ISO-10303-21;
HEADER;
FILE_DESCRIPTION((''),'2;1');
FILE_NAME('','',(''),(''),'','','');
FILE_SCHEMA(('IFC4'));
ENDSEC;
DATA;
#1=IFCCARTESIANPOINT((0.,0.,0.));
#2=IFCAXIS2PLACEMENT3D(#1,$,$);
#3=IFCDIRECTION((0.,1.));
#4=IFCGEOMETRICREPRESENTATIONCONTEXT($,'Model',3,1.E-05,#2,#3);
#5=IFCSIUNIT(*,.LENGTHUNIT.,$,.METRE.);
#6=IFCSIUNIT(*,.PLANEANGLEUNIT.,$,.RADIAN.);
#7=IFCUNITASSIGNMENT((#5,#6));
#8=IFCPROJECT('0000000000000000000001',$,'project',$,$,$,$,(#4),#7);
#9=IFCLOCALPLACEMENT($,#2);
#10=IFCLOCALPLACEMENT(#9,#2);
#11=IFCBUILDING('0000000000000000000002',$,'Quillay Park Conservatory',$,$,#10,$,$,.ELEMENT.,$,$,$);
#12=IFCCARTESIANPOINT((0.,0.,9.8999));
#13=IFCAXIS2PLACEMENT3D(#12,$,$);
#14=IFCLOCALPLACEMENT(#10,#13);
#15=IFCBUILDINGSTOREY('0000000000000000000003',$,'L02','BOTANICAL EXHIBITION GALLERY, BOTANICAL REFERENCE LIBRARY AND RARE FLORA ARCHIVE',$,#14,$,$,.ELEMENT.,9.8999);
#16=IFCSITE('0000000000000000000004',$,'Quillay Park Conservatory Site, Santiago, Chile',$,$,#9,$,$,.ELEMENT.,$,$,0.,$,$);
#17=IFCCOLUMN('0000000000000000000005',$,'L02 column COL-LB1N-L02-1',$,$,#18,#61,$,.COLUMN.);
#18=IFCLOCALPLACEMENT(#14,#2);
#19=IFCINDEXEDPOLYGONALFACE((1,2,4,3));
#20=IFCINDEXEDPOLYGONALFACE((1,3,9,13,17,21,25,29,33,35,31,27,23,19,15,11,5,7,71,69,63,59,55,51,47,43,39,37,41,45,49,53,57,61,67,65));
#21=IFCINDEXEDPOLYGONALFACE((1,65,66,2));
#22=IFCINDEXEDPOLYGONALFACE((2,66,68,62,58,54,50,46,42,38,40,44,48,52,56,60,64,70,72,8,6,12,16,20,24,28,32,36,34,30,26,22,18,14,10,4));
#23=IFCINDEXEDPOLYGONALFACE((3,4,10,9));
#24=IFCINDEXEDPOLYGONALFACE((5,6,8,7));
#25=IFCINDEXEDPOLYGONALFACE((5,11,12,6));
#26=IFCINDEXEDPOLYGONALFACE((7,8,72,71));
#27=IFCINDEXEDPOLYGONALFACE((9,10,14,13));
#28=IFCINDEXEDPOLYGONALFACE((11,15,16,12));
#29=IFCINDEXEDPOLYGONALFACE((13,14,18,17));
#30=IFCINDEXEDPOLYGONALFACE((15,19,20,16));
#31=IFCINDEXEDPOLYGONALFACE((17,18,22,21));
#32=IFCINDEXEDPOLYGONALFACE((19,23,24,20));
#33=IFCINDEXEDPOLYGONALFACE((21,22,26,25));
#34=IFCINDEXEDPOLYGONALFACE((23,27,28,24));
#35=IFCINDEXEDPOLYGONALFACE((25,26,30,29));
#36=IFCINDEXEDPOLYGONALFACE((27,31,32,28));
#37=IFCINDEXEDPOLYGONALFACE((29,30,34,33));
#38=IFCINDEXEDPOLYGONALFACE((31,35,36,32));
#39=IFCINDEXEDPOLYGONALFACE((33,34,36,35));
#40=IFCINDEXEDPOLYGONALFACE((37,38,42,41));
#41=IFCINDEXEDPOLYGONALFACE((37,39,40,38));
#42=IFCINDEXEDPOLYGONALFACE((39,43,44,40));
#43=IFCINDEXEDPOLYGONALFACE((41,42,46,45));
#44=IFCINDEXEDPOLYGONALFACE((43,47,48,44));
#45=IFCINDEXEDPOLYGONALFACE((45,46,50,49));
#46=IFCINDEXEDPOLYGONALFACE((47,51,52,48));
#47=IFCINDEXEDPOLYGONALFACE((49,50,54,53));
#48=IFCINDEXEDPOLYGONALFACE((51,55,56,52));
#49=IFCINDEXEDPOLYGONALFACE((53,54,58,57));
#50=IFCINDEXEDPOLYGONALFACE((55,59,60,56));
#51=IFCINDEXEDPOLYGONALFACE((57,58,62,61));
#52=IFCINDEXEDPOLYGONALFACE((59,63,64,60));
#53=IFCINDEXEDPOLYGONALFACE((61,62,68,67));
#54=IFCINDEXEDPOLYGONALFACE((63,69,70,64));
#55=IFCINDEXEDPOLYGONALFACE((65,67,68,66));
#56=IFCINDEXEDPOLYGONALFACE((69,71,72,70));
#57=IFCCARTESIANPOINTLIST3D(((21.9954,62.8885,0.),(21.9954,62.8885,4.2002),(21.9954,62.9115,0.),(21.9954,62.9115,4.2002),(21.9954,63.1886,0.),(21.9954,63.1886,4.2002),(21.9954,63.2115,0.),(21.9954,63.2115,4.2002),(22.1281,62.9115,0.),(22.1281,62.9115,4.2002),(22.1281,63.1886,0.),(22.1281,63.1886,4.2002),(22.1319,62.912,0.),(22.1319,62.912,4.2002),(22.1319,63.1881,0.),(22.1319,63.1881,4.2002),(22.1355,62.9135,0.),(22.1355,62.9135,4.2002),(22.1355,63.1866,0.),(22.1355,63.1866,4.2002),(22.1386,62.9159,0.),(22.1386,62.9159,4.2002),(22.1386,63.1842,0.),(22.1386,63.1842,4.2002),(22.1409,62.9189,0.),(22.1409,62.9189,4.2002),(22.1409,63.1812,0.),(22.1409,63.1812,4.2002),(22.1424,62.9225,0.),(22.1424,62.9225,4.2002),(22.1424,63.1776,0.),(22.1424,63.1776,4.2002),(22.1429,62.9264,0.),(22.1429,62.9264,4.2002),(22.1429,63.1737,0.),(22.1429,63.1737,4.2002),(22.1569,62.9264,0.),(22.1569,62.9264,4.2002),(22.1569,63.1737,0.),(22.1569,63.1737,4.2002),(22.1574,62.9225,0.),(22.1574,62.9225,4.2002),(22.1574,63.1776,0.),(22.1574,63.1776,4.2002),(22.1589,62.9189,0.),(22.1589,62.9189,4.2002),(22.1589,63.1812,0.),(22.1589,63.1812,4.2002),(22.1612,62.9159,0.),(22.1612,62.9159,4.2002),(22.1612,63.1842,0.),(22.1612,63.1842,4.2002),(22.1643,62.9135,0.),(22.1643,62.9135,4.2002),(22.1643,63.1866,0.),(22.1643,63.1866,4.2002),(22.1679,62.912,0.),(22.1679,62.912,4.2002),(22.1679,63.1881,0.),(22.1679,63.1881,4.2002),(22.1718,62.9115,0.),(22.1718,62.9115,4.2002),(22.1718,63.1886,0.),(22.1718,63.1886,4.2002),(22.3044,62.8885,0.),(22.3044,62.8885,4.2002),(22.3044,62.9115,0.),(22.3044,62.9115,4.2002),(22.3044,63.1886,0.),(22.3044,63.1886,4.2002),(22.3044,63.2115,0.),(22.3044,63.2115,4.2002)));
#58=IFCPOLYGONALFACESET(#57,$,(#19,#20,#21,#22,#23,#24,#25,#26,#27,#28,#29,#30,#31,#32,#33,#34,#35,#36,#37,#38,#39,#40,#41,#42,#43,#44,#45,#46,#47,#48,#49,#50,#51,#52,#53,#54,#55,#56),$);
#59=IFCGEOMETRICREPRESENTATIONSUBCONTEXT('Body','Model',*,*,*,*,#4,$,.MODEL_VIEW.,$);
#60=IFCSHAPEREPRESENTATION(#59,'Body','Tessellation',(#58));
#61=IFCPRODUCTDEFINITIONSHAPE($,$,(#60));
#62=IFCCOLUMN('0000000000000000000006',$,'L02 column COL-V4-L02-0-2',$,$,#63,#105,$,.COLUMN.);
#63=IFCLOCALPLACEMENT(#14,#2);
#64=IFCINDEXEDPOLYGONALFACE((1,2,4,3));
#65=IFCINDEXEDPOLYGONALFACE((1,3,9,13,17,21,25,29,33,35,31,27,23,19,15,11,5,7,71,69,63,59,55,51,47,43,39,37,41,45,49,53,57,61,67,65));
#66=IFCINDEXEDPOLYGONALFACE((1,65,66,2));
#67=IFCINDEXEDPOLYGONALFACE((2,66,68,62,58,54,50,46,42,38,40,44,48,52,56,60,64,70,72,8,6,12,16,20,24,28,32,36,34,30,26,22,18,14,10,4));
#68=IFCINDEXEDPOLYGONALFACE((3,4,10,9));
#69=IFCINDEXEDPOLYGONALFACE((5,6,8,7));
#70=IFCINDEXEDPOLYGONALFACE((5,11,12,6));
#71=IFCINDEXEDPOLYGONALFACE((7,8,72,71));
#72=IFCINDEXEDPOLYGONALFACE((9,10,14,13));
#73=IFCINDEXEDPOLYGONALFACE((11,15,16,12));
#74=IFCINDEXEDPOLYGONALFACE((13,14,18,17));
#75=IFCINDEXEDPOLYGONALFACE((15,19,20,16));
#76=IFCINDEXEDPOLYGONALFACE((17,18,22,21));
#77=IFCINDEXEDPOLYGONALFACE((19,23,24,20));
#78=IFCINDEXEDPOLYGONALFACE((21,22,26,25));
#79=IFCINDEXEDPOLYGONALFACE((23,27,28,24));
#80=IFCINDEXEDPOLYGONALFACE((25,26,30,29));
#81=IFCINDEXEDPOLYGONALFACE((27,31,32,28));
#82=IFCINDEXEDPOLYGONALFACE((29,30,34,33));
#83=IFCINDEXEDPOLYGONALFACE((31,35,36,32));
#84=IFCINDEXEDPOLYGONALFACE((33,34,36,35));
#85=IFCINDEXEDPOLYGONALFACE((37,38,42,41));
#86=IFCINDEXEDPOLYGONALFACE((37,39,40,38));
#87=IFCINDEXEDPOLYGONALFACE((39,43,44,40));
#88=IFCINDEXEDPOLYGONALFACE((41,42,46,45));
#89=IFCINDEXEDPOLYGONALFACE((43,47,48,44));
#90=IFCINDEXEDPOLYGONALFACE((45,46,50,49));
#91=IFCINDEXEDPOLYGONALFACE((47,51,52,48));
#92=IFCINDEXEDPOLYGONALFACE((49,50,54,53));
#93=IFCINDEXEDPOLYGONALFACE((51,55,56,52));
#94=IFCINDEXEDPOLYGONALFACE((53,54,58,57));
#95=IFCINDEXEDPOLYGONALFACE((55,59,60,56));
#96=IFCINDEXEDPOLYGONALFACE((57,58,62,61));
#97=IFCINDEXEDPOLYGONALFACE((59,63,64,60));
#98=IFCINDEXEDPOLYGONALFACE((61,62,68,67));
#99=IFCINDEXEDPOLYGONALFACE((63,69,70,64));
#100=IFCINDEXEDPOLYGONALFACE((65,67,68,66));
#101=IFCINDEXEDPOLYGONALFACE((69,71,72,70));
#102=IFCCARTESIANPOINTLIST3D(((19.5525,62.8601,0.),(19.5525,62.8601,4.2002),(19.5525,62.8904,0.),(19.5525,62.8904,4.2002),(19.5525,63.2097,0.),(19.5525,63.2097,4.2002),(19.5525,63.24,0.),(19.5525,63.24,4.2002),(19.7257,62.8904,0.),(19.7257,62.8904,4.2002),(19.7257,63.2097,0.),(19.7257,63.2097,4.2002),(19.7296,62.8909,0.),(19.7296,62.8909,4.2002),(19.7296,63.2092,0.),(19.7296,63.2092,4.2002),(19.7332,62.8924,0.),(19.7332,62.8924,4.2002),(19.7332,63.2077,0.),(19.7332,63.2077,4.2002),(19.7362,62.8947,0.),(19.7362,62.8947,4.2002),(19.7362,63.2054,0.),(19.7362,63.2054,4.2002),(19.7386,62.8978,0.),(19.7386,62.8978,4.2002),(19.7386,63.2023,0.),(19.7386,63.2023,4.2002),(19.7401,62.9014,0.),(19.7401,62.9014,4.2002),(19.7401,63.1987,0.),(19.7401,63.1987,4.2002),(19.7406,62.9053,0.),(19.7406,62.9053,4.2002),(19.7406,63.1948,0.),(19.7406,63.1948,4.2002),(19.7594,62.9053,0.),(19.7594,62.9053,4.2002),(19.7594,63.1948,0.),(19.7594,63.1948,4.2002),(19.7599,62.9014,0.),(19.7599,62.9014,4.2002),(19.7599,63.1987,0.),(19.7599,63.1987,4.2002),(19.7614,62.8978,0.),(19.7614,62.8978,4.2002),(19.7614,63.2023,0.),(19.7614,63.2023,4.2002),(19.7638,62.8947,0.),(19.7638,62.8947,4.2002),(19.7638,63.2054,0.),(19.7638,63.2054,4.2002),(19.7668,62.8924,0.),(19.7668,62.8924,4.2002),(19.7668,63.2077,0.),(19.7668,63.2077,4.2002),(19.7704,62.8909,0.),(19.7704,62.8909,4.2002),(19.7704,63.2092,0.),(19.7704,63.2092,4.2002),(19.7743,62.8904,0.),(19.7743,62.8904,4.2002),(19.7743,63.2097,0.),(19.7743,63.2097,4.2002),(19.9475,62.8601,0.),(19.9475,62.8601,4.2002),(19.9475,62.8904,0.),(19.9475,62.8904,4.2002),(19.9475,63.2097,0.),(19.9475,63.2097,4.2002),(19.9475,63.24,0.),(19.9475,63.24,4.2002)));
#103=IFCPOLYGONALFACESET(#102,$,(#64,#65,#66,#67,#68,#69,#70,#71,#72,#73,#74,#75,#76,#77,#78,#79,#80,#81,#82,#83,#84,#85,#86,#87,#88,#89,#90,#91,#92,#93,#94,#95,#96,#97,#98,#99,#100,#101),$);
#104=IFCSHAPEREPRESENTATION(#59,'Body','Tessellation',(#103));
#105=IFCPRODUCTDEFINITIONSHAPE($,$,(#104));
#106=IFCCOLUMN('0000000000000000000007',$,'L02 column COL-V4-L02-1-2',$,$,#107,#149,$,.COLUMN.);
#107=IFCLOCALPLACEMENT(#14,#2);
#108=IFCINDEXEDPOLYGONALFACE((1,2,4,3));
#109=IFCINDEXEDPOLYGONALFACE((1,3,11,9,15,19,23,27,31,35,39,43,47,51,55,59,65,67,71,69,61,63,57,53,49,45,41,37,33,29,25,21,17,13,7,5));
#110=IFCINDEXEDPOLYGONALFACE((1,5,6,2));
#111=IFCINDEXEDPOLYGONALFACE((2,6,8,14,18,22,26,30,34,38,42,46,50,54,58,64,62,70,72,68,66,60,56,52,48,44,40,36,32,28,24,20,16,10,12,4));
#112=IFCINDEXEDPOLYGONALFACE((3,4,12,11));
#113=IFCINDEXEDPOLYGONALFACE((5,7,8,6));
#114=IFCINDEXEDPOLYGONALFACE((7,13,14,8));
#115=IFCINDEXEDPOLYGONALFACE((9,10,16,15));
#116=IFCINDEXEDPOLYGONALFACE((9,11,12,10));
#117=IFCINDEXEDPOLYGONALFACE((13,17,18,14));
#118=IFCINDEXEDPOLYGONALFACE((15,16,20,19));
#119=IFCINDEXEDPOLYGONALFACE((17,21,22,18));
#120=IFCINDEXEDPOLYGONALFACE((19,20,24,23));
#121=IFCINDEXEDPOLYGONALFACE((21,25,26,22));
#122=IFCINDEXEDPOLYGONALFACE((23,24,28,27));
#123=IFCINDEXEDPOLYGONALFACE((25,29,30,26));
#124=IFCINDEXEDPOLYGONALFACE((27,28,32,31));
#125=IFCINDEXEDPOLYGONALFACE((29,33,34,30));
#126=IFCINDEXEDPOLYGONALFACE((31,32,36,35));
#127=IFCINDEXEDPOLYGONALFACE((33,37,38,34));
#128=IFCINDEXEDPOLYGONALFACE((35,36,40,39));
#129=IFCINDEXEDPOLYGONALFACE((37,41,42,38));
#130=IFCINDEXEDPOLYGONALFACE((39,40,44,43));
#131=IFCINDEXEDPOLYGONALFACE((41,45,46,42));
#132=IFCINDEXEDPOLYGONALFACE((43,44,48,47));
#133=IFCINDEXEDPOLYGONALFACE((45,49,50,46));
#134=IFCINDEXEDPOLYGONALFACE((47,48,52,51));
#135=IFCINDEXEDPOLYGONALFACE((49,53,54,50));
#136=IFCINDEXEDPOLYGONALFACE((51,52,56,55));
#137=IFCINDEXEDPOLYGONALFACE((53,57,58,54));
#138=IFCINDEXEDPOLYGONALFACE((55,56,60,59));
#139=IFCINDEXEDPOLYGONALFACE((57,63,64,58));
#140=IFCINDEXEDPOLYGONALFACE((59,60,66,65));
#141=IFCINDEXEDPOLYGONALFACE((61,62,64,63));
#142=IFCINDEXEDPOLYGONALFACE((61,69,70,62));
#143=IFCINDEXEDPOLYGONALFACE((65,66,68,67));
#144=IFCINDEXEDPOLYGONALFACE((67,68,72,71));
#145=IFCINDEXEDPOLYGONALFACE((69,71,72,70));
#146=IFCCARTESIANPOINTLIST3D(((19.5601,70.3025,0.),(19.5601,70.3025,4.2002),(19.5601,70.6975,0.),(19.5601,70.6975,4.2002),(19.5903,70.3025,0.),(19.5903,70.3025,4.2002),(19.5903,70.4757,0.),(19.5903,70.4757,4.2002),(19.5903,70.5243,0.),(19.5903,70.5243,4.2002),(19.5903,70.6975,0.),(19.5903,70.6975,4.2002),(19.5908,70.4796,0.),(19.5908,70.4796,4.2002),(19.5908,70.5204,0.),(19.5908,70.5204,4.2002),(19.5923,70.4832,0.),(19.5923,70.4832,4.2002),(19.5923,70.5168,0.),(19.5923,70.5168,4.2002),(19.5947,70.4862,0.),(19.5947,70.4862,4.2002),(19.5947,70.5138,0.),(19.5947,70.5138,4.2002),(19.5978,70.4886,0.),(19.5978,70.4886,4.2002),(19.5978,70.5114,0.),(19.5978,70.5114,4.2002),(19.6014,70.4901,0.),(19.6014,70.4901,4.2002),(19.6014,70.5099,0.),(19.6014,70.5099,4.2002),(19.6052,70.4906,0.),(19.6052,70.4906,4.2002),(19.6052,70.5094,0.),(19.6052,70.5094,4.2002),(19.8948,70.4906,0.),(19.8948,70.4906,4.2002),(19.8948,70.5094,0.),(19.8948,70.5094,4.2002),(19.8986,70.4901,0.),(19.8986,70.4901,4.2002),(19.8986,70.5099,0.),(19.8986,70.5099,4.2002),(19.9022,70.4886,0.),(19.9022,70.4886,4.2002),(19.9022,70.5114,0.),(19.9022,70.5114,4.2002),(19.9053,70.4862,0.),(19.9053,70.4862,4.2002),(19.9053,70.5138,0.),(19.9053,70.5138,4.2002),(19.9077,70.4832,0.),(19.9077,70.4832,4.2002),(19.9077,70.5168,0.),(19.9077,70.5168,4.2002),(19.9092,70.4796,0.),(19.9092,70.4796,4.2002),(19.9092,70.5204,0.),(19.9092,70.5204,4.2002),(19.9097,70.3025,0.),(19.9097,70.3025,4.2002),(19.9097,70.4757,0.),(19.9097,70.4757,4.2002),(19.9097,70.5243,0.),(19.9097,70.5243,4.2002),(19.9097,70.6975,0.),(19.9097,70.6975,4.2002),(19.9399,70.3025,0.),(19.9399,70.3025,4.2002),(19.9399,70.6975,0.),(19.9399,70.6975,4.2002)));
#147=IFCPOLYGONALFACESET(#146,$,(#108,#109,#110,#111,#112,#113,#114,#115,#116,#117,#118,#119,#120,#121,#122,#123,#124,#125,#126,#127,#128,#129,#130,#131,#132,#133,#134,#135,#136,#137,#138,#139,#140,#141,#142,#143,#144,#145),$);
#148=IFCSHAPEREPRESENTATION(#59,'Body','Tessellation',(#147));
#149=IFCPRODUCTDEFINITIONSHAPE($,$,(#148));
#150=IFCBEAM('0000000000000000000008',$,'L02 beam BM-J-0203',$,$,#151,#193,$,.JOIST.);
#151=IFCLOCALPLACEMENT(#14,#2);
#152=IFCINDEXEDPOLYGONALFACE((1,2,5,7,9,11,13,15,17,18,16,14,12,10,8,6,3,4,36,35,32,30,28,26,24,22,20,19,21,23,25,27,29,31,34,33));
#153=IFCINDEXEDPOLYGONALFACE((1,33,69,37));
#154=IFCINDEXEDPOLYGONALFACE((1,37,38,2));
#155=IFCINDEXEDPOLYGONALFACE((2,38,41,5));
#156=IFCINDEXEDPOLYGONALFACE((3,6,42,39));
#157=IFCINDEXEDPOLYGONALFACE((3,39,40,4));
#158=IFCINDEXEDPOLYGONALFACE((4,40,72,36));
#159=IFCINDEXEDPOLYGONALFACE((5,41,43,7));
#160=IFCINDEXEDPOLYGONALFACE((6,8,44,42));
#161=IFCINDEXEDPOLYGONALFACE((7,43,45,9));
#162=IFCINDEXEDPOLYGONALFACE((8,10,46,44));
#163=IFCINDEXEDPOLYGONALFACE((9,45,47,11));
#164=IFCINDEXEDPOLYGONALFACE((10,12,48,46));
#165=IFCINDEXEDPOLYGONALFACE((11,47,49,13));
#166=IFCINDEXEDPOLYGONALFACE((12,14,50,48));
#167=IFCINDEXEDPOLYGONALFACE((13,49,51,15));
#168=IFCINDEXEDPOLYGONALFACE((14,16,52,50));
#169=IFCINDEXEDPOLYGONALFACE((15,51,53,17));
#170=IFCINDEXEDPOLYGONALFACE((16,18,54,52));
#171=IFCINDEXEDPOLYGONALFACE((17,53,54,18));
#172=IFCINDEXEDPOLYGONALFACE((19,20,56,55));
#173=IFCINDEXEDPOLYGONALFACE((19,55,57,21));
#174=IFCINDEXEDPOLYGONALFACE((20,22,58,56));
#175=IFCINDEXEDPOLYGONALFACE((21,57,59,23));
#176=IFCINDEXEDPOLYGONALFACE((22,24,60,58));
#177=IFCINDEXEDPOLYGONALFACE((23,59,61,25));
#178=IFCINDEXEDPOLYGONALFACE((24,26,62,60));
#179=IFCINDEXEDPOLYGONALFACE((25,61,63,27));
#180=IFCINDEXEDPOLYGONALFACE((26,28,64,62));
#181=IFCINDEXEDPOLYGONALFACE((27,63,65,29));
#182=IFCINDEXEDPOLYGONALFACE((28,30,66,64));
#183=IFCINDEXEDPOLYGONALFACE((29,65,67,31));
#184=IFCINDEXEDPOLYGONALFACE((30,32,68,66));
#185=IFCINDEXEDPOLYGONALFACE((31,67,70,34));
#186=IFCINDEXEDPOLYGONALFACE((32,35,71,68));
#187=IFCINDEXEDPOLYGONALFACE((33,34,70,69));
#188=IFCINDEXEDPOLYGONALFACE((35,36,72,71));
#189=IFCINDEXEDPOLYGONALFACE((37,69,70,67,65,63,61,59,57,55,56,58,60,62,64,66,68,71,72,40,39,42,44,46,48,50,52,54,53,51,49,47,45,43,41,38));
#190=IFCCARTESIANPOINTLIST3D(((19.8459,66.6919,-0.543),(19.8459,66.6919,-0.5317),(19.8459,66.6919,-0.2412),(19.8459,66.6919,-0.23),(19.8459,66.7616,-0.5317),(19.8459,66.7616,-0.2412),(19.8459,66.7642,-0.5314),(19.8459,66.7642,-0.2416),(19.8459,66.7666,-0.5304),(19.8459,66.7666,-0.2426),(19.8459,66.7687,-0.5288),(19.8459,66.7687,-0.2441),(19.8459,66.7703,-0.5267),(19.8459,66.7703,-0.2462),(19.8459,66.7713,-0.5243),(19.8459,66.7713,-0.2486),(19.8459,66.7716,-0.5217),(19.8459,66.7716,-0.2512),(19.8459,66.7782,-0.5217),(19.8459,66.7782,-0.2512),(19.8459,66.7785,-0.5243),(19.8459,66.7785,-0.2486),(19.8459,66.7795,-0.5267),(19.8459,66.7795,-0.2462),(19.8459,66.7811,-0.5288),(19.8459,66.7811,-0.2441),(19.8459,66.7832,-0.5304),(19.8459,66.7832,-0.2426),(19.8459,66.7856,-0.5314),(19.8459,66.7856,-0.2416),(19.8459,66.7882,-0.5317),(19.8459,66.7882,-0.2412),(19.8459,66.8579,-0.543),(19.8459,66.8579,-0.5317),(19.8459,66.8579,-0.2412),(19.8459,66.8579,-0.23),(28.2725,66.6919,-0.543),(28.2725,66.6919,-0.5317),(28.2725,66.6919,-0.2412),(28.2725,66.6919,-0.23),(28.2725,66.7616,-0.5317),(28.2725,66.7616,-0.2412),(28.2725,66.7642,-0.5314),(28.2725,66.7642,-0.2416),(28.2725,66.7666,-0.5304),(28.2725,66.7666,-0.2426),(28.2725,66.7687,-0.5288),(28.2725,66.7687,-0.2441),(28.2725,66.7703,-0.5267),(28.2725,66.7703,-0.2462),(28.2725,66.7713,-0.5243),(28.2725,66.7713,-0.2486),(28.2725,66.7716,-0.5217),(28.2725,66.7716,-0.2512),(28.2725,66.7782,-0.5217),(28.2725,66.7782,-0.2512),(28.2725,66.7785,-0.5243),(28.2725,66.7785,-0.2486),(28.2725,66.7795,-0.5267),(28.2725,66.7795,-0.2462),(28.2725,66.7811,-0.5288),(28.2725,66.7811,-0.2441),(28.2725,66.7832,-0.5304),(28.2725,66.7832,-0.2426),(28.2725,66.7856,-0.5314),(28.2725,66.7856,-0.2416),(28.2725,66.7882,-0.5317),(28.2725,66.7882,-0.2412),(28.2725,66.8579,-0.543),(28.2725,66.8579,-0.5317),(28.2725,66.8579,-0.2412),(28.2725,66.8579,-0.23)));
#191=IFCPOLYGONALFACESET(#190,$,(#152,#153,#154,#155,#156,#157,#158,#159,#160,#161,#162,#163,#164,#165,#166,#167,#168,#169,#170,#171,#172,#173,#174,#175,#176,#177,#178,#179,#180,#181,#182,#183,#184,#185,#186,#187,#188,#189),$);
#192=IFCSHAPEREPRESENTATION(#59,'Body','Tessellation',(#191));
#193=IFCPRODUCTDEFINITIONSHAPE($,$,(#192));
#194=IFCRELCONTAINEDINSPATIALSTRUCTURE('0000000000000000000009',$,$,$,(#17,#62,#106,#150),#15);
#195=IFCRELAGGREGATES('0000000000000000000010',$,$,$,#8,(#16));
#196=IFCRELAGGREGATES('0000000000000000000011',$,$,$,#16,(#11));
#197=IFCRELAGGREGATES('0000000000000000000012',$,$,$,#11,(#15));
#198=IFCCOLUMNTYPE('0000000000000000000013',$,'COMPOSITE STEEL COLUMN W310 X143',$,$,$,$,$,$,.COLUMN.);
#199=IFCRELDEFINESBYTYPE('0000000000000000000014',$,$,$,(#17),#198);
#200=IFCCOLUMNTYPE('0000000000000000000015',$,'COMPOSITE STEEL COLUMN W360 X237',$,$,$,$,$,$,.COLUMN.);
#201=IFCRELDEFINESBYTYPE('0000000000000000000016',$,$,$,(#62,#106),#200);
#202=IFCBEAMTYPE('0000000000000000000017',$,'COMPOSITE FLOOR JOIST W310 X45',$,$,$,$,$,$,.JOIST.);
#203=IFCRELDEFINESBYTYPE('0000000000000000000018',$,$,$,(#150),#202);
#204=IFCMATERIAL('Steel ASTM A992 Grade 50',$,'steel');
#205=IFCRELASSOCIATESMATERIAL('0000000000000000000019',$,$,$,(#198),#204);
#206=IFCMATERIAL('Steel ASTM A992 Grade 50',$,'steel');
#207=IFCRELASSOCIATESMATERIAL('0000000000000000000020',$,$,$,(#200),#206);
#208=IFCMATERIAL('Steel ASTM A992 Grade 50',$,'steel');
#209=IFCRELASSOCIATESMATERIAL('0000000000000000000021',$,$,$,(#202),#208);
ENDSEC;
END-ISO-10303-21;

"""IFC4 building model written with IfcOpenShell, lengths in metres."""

from ifc_helpers import new_model, si_unit, direction, frame, origin, origin_2d, place, context, subcontext, project, spatial, i_section, extrude, material, material_profile, profile_set, type_object, element, save


model = new_model("IFC4")

# Units and contexts
model_context = context("Model", 3, precision=1e-05, world=origin(), true_north=direction((0.0, 1.0)))
body_context = subcontext(model_context, "Body", "Model", "MODEL_VIEW")
ifc_project = project(units=[si_unit("LENGTHUNIT", "METRE"), si_unit("PLANEANGLEUNIT", "RADIAN")], contexts=[model_context])

# Site, building, storey
site_placement = place(None, origin())
site = spatial("IfcSite", under=ifc_project, at=site_placement, Name="Quillay Park Conservatory Site, Santiago, Chile", CompositionType="ELEMENT", RefElevation=0.0)
building_placement = place(site_placement, origin())
building = spatial("IfcBuilding", under=site, at=building_placement, Name="Quillay Park Conservatory", CompositionType="ELEMENT")
storey_placement = place(building_placement, frame((0.0, 0.0, 9.8999)))
storey = spatial("IfcBuildingStorey", under=building, at=storey_placement, Name="L02", Description="BOTANICAL EXHIBITION GALLERY, BOTANICAL REFERENCE LIBRARY AND RARE FLORA ARCHIVE", CompositionType="ELEMENT", Elevation=9.8999)

# Columns
ifc_material_1 = material(Name="Steel ASTM A992 Grade 50", Category="steel")
ifc_material_profile_1 = material_profile(ifc_material_1, i_section(OverallWidth=0.3091, OverallDepth=0.323, WebThickness=0.0139, FlangeThickness=0.0229, FilletRadius=0.0149, at=origin_2d()), Name="W310x143")
ifc_profile_set_1 = profile_set([ifc_material_profile_1], Name="Steel ASTM A992 Grade 50")
column_type_1 = type_object("IfcColumnType", Name="COMPOSITE STEEL COLUMN W310 X143", PredefinedType="COLUMN", material=ifc_profile_set_1)
column_placement = place(storey_placement, frame((22.1499, 63.05, 0.0), z_axis=(0.0, 0.0, 1.0), x_axis=(1.0, 0.0, 0.0)))
element("IfcColumn", 1, at=column_placement, inside=storey, type_object=column_type_1, Name="L02 column COL-LB1N-L02-1", PredefinedType="COLUMN", context=body_context, shape_type="SweptSolid", body=[
    extrude(i_section(OverallWidth=0.3091, OverallDepth=0.323, WebThickness=0.0139, FlangeThickness=0.0229, FilletRadius=0.0149, at=origin_2d()), origin(), (0.0, 0.0, 1.0), 4.2002),
])
ifc_material_2 = material(Name="Steel ASTM A992 Grade 50", Category="steel")
ifc_material_profile_2 = material_profile(ifc_material_2, i_section(OverallWidth=0.395, OverallDepth=0.3799, WebThickness=0.0188, FlangeThickness=0.0303, FilletRadius=0.0149, at=origin_2d()), Name="W360x237")
ifc_profile_set_2 = profile_set([ifc_material_profile_2], Name="Steel ASTM A992 Grade 50")
column_type_2 = type_object("IfcColumnType", Name="COMPOSITE STEEL COLUMN W360 X237", PredefinedType="COLUMN", material=ifc_profile_set_2)
for number, where, z_axis, x_axis, name in (
    (2, (19.75, 63.05, 0.0), (0.0, 0.0, 1.0), (1.0, 0.0, 0.0), "L02 column COL-V4-L02-0-2"),
    (3, (19.75, 70.5, 0.0), (0.0, 0.0, 1.0), (0.0, 1.0, 0.0), "L02 column COL-V4-L02-1-2"),
):
    element("IfcColumn", number, at=place(storey_placement, frame(where, z_axis=z_axis, x_axis=x_axis)), inside=storey, type_object=column_type_2, Name=name, PredefinedType="COLUMN", context=body_context, shape_type="SweptSolid", body=[
        extrude(i_section(OverallWidth=0.395, OverallDepth=0.3799, WebThickness=0.0188, FlangeThickness=0.0303, FilletRadius=0.0149, at=origin_2d()), origin(), (0.0, 0.0, 1.0), 4.2002),
    ])

# Beam
ifc_material_3 = material(Name="Steel ASTM A992 Grade 50", Category="steel")
ifc_material_profile_3 = material_profile(ifc_material_3, i_section(OverallWidth=0.166, OverallDepth=0.313, WebThickness=0.0066, FlangeThickness=0.0112, FilletRadius=0.01, at=origin_2d()), Name="W310x45")
ifc_profile_set_3 = profile_set([ifc_material_profile_3], Name="Steel ASTM A992 Grade 50")
beam_type_1 = type_object("IfcBeamType", Name="COMPOSITE FLOOR JOIST W310 X45", PredefinedType="JOIST", material=ifc_profile_set_3)
beam_1_placement = place(storey_placement, frame((19.8459, 66.7749, -0.3865), z_axis=(1.0, 0.0, 0.0), x_axis=(0.0, 1.0, 0.0)))
element("IfcBeam", 4, at=beam_1_placement, inside=storey, type_object=beam_type_1, Name="L02 beam BM-J-0203", PredefinedType="JOIST", context=body_context, shape_type="SweptSolid", body=[
    extrude(i_section(OverallWidth=0.166, OverallDepth=0.313, WebThickness=0.0066, FlangeThickness=0.0112, FilletRadius=0.01, at=origin_2d()), origin(), (0.0, 0.0, 1.0), 8.4265),
])

save(model, "model.ifc")
